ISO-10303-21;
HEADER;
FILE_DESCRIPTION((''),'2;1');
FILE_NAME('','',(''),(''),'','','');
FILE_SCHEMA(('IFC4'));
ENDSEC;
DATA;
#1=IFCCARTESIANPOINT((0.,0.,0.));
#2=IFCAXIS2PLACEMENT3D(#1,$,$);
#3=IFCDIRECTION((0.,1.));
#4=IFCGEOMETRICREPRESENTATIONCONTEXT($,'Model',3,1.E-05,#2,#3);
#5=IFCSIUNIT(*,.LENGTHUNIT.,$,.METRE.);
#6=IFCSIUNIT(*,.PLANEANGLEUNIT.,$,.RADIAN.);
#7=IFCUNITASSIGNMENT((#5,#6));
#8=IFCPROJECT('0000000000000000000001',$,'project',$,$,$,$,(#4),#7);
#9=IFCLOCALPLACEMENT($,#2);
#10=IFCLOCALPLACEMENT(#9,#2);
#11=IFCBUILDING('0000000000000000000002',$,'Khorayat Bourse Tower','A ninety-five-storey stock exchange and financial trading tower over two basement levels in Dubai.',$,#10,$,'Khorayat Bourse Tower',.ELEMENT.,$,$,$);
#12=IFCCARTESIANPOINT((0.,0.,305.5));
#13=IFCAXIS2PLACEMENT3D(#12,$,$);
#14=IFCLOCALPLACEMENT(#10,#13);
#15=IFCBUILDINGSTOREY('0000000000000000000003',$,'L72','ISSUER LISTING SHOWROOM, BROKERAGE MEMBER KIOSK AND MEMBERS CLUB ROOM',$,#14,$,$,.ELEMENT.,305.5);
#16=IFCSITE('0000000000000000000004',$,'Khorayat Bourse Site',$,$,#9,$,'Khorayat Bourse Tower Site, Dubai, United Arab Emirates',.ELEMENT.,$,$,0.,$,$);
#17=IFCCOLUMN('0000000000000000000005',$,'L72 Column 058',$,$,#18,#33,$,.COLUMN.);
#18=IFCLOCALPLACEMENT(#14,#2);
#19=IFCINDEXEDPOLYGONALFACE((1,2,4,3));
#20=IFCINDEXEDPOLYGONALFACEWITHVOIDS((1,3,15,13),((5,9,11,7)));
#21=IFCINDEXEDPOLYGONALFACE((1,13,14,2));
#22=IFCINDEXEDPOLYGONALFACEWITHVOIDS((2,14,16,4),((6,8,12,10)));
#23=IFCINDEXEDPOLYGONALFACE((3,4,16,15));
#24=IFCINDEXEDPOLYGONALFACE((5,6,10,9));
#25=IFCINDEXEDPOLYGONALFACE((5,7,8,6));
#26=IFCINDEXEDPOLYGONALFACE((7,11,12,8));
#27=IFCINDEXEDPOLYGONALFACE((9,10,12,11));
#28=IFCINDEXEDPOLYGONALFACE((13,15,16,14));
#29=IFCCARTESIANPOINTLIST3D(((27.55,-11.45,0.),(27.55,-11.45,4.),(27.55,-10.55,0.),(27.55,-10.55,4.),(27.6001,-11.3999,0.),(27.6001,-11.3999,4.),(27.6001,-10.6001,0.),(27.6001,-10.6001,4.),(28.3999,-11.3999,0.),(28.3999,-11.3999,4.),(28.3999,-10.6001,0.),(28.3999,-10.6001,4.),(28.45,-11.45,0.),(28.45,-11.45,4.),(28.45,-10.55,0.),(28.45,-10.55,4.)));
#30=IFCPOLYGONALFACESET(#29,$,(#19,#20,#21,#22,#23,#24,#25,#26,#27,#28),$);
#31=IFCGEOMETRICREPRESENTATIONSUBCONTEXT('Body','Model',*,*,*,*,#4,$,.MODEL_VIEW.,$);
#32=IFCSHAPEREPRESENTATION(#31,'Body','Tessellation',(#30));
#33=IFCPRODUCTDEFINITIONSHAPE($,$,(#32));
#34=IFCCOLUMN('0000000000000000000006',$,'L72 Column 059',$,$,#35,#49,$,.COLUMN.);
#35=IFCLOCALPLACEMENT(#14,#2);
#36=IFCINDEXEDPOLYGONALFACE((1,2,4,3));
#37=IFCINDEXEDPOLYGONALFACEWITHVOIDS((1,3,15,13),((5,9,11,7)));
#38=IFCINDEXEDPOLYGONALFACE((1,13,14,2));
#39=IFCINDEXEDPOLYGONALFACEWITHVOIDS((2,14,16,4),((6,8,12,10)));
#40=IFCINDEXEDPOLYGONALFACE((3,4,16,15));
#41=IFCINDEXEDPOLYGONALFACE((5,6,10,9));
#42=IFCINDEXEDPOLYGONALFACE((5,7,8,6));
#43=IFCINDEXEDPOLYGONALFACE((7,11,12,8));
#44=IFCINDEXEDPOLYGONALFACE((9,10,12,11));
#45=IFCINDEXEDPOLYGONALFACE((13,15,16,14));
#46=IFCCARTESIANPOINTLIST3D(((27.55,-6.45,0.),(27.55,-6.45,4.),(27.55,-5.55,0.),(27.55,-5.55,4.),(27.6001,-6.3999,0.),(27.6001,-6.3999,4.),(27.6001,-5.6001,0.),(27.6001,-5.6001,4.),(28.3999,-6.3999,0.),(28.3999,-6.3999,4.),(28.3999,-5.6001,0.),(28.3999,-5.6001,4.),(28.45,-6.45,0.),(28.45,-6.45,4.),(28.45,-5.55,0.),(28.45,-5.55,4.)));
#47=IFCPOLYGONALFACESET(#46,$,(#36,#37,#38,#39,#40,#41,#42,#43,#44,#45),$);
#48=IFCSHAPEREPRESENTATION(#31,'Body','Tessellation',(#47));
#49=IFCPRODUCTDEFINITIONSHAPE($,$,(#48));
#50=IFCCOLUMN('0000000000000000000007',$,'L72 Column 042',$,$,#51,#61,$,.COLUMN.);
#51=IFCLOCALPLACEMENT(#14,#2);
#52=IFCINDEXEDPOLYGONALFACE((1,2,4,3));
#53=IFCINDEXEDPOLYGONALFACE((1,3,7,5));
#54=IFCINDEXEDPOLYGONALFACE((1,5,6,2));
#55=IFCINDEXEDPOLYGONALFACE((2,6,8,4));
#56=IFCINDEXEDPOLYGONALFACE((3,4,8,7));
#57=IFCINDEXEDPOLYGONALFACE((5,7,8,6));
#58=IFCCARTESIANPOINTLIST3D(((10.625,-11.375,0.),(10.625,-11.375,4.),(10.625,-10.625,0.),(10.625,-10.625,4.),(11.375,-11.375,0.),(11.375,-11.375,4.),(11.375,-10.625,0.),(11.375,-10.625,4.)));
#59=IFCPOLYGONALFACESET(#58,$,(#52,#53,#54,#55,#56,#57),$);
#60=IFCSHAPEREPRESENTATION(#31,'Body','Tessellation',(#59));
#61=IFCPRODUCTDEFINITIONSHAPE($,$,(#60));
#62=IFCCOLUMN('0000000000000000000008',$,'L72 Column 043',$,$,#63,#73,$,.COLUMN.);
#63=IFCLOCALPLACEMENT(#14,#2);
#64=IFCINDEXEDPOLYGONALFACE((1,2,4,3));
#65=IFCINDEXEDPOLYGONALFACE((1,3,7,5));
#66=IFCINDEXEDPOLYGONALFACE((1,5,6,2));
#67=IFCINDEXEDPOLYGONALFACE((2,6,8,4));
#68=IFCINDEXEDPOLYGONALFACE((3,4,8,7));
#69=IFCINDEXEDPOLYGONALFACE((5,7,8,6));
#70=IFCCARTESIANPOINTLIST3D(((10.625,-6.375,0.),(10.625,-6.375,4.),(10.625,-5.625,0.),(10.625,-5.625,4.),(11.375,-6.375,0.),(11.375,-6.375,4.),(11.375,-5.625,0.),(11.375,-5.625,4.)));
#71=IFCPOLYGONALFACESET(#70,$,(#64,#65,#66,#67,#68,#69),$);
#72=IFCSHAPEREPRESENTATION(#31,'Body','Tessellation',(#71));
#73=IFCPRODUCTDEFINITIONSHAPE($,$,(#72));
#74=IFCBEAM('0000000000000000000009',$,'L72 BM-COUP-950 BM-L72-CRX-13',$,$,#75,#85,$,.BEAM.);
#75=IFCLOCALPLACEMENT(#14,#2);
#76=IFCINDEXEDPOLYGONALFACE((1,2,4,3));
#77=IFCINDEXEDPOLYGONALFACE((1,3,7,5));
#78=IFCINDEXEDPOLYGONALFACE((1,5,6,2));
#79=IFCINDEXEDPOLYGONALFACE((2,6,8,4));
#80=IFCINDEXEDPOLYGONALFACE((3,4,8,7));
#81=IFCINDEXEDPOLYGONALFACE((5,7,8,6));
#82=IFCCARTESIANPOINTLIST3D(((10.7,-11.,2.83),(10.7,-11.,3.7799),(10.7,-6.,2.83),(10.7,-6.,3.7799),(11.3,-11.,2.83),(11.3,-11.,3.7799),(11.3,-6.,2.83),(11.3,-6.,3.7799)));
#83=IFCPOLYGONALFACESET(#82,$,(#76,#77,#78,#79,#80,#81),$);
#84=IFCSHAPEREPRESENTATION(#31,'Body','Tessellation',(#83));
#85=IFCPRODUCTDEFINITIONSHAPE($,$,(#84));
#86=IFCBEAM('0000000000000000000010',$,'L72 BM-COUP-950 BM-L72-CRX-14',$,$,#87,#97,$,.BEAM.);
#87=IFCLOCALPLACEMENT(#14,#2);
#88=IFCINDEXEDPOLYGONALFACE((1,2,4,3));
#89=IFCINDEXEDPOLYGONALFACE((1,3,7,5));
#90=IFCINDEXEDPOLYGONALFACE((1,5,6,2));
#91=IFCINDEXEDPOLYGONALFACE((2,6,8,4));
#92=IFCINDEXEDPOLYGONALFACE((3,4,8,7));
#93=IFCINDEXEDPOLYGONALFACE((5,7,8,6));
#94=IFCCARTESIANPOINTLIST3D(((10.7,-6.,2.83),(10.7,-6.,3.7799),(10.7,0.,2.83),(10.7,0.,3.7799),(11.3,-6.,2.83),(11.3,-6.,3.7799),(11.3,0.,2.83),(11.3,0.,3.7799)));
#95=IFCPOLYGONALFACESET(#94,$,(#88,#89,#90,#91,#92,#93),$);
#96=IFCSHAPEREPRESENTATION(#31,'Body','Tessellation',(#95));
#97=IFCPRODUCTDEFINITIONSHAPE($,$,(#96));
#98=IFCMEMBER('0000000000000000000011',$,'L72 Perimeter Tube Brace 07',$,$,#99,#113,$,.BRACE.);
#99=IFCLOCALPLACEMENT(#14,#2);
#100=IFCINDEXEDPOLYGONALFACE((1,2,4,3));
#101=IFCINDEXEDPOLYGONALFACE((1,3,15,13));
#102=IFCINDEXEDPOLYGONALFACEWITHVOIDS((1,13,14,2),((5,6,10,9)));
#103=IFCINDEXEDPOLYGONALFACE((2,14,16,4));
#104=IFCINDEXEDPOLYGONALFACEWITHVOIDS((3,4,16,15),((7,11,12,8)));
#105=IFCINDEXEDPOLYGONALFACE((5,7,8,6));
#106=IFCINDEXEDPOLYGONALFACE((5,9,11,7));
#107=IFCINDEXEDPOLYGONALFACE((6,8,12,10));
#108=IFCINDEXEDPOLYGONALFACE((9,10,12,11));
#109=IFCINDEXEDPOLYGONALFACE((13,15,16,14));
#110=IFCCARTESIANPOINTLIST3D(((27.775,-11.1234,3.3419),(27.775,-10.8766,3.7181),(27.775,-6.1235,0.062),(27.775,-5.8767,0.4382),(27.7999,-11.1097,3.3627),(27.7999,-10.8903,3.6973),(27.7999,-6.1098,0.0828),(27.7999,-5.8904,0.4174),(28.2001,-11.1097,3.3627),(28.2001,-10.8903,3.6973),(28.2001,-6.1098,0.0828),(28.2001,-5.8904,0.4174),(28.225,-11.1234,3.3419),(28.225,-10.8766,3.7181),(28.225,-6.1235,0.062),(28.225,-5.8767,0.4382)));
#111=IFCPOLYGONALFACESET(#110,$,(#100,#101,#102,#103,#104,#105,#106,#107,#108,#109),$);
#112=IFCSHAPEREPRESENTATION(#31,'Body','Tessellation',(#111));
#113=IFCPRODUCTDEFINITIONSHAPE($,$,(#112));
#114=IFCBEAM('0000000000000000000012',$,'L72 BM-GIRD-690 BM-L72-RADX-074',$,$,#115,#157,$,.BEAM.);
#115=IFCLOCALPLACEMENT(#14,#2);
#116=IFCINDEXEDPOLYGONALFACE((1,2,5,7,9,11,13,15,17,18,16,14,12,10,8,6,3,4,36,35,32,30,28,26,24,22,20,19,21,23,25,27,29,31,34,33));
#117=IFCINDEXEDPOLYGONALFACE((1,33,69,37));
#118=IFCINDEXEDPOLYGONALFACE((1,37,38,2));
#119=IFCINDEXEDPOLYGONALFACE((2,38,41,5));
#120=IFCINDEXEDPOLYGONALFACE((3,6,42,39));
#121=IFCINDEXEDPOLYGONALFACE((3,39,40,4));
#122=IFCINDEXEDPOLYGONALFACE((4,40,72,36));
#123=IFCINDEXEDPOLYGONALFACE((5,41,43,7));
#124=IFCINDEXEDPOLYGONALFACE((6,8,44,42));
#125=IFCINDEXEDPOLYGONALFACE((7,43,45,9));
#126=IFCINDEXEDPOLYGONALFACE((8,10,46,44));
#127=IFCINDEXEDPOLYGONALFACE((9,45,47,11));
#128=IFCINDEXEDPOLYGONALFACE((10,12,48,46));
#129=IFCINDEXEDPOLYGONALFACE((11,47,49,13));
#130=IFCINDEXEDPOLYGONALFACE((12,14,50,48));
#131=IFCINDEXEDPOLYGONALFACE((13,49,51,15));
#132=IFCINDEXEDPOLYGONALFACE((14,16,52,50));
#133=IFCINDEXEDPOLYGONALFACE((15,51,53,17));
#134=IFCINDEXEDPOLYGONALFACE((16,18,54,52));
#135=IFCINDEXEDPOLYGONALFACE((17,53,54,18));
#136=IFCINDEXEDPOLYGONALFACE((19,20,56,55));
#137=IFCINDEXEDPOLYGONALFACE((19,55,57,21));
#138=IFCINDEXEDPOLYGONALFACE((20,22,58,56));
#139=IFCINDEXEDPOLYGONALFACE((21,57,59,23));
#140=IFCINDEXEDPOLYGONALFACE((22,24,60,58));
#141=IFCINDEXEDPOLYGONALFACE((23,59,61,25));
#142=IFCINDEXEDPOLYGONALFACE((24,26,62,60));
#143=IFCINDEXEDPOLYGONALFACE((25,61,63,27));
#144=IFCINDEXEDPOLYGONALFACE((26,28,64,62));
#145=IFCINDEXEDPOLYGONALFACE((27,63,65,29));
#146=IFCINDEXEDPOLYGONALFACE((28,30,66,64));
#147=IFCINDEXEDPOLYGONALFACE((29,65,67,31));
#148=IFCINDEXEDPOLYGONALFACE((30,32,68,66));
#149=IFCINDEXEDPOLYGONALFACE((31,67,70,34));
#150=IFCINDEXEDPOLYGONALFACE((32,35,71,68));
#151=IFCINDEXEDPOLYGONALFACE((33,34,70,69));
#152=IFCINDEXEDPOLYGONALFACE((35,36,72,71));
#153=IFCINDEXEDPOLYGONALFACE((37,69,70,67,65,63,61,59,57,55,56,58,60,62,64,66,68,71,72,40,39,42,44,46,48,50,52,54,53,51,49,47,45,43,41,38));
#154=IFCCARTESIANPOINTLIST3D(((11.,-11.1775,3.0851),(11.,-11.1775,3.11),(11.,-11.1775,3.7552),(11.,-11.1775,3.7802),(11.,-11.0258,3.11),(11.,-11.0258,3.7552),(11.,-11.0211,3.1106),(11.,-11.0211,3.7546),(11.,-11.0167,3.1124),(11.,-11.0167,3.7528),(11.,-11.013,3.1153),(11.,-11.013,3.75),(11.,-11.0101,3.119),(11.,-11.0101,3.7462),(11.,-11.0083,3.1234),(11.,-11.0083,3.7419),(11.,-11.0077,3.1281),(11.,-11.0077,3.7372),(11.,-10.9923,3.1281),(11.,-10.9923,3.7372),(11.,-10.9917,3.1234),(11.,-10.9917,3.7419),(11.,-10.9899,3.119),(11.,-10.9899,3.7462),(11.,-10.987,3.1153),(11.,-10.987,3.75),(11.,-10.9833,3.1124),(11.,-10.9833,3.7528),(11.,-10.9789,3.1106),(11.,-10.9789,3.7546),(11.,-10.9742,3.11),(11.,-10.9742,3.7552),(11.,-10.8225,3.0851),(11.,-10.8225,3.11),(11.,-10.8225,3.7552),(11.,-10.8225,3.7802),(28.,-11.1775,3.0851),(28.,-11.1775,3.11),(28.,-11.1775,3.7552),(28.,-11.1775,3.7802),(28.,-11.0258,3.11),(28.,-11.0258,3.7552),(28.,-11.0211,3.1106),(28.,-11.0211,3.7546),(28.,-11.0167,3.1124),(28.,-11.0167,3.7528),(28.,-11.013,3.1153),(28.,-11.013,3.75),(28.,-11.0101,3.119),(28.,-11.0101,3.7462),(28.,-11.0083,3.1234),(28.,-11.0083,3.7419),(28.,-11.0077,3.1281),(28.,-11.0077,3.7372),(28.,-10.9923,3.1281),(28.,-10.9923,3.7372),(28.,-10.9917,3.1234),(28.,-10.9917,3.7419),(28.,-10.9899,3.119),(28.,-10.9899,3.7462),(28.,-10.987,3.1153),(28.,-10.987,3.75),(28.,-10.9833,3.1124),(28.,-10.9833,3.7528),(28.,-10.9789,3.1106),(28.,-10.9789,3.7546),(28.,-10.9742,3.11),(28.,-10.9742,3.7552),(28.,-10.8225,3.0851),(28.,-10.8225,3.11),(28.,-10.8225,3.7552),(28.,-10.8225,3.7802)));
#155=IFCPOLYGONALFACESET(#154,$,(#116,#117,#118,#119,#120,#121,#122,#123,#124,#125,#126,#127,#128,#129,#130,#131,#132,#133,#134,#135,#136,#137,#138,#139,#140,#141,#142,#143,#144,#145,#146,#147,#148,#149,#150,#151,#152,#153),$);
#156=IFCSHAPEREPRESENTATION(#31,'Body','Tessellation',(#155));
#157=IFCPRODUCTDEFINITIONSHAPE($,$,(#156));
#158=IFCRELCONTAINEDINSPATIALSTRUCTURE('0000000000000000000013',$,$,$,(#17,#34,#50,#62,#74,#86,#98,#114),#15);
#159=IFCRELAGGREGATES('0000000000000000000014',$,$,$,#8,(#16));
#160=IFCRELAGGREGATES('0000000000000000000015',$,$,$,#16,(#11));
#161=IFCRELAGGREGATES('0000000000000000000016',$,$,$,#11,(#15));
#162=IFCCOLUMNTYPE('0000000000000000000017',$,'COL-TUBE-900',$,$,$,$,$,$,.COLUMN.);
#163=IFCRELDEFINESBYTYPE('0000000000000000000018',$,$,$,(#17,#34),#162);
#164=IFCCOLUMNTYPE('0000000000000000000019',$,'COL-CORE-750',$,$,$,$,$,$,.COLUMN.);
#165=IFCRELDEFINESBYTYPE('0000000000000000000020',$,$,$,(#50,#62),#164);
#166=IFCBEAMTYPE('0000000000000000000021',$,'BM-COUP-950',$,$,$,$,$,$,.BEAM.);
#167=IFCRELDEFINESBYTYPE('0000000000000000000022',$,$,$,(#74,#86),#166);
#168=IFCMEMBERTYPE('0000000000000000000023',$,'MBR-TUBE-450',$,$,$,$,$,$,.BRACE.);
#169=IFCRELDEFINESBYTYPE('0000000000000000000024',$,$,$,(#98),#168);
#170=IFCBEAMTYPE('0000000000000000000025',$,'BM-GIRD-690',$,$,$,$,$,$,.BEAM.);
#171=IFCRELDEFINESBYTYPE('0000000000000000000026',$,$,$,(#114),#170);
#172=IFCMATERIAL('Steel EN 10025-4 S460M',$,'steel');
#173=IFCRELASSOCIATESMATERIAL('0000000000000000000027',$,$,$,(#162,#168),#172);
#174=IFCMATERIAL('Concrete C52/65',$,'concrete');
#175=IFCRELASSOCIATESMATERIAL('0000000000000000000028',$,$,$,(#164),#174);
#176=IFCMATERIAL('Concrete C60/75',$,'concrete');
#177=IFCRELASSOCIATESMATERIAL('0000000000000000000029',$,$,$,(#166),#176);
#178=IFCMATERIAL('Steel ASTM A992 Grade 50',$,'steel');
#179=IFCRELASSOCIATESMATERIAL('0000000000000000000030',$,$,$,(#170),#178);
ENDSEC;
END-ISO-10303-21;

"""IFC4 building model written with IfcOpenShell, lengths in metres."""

from ifc_helpers import new_model, si_unit, direction, frame, origin, origin_2d, place, context, subcontext, project, spatial, rectangle, hollow_rectangle, i_section, extrude, source, transform, mapped, material, material_profile, profile_set, type_object, element, save


model = new_model("IFC4")

# Units and contexts
model_context = context("Model", 3, precision=1e-05, world=origin(), true_north=direction((0.0, 1.0)))
body_context = subcontext(model_context, "Body", "Model", "MODEL_VIEW")
ifc_project = project(units=[si_unit("LENGTHUNIT", "METRE"), si_unit("PLANEANGLEUNIT", "RADIAN")], contexts=[model_context])

# Site, building, storey
site_placement = place(None, origin())
site = spatial("IfcSite", under=ifc_project, at=site_placement, Name="Khorayat Bourse Site", LongName="Khorayat Bourse Tower Site, Dubai, United Arab Emirates", CompositionType="ELEMENT", RefElevation=0.0)
building_placement = place(site_placement, origin())
building = spatial("IfcBuilding", under=site, at=building_placement, Name="Khorayat Bourse Tower", Description="A ninety-five-storey stock exchange and financial trading tower over two basement levels in Dubai.", LongName="Khorayat Bourse Tower", CompositionType="ELEMENT")
storey_placement = place(building_placement, frame((0.0, 0.0, 305.5)))
storey = spatial("IfcBuildingStorey", under=building, at=storey_placement, Name="L72", Description="ISSUER LISTING SHOWROOM, BROKERAGE MEMBER KIOSK AND MEMBERS CLUB ROOM", CompositionType="ELEMENT", Elevation=305.5)

# Columns
ifc_material_1 = material(Name="Steel EN 10025-4 S460M", Category="steel")
ifc_material_profile_1 = material_profile(ifc_material_1, hollow_rectangle(XDim=0.8999, YDim=0.8999, WallThickness=0.05, at=origin_2d()), Name="BOX 900x900x50")
ifc_profile_set_1 = profile_set([ifc_material_profile_1], Name="Steel EN 10025-4 S460M")
column_type_1 = type_object("IfcColumnType", Name="COL-TUBE-900", PredefinedType="COLUMN", material=ifc_profile_set_1)
shared_shape_1 = source(origin(), body_context, "Body", "SweptSolid", [
    extrude(hollow_rectangle(XDim=0.8999, YDim=0.8999, WallThickness=0.05, at=origin_2d()), origin(), (0.0, 0.0, 1.0), 4.0),
])
for number, where, z_axis, x_axis, name in (
    (1, (28.0, -11.0, 0.0), (0.0, 0.0, 1.0), (1.0, 0.0, 0.0), "L72 Column 058"),
    (2, (28.0, -6.0, 0.0), (0.0, 0.0, 1.0), (1.0, 0.0, 0.0), "L72 Column 059"),
):
    element("IfcColumn", number, at=place(storey_placement, frame(where, z_axis=z_axis, x_axis=x_axis)), inside=storey, type_object=column_type_1, Name=name, PredefinedType="COLUMN", context=body_context, shape_type="MappedRepresentation", body=[
        mapped(shared_shape_1, transform((0.0, 0.0, 0.0), scale=1.0)),
    ])
ifc_material_2 = material(Name="Concrete C52/65", Category="concrete")
ifc_material_profile_2 = material_profile(ifc_material_2, rectangle(XDim=0.75, YDim=0.75, at=origin_2d()), Name="RC 750x750")
ifc_profile_set_2 = profile_set([ifc_material_profile_2], Name="Concrete C52/65")
column_type_2 = type_object("IfcColumnType", Name="COL-CORE-750", PredefinedType="COLUMN", material=ifc_profile_set_2)
shared_shape_2 = source(origin(), body_context, "Body", "SweptSolid", [
    extrude(rectangle(XDim=0.75, YDim=0.75, at=origin_2d()), origin(), (0.0, 0.0, 1.0), 4.0),
])
for number, where, z_axis, x_axis, name in (
    (3, (11.0, -11.0, 0.0), (0.0, 0.0, 1.0), (1.0, 0.0, 0.0), "L72 Column 042"),
    (4, (11.0, -6.0, 0.0), (0.0, 0.0, 1.0), (1.0, 0.0, 0.0), "L72 Column 043"),
):
    element("IfcColumn", number, at=place(storey_placement, frame(where, z_axis=z_axis, x_axis=x_axis)), inside=storey, type_object=column_type_2, Name=name, PredefinedType="COLUMN", context=body_context, shape_type="MappedRepresentation", body=[
        mapped(shared_shape_2, transform((0.0, 0.0, 0.0), scale=1.0)),
    ])

# Beams
ifc_material_3 = material(Name="Concrete C60/75", Category="concrete")
ifc_material_profile_3 = material_profile(ifc_material_3, rectangle(XDim=0.6001, YDim=0.95, at=origin_2d()), Name="RC 600x950")
ifc_profile_set_3 = profile_set([ifc_material_profile_3], Name="Concrete C60/75")
beam_type_1 = type_object("IfcBeamType", Name="BM-COUP-950", PredefinedType="BEAM", material=ifc_profile_set_3)
shared_shape_3 = source(origin(), body_context, "Body", "SweptSolid", [
    extrude(rectangle(XDim=0.6001, YDim=0.95, at=origin_2d()), origin(), (0.0, 0.0, 1.0), 5.0),
])
beam_1_placement = place(storey_placement, frame((11.0, -11.0, 3.3049), z_axis=(0.0, 1.0, 0.0), x_axis=(-1.0, 0.0, 0.0)))
element("IfcBeam", 5, at=beam_1_placement, inside=storey, type_object=beam_type_1, Name="L72 BM-COUP-950 BM-L72-CRX-13", PredefinedType="BEAM", context=body_context, shape_type="MappedRepresentation", body=[
    mapped(shared_shape_3, transform((0.0, 0.0, 0.0), scale=1.0)),
])
shared_shape_4 = source(origin(), body_context, "Body", "SweptSolid", [
    extrude(rectangle(XDim=0.6001, YDim=0.95, at=origin_2d()), origin(), (0.0, 0.0, 1.0), 6.0),
])
beam_2_placement = place(storey_placement, frame((11.0, -6.0, 3.3049), z_axis=(0.0, 1.0, 0.0), x_axis=(-1.0, 0.0, 0.0)))
element("IfcBeam", 6, at=beam_2_placement, inside=storey, type_object=beam_type_1, Name="L72 BM-COUP-950 BM-L72-CRX-14", PredefinedType="BEAM", context=body_context, shape_type="MappedRepresentation", body=[
    mapped(shared_shape_4, transform((0.0, 0.0, 0.0), scale=1.0)),
])

# Member
ifc_material_profile_4 = material_profile(ifc_material_1, hollow_rectangle(XDim=0.45, YDim=0.45, WallThickness=0.0249, at=origin_2d()), Name="HSS 450x450x25")
ifc_profile_set_4 = profile_set([ifc_material_profile_4], Name="Steel EN 10025-4 S460M")
member_type_1 = type_object("IfcMemberType", Name="MBR-TUBE-450", PredefinedType="BRACE", material=ifc_profile_set_4)
shared_shape_5 = source(origin(), body_context, "Body", "SweptSolid", [
    extrude(hollow_rectangle(XDim=0.45, YDim=0.45, WallThickness=0.0249, at=origin_2d()), origin(), (0.0, 0.0, 1.0), 5.9797),
])
member_1_placement = place(storey_placement, frame((28.0, -11.0, 3.53), z_axis=(0.0, 0.836142, -0.548514), x_axis=(-1.0, 0.0, 0.0)))
element("IfcMember", 7, at=member_1_placement, inside=storey, type_object=member_type_1, Name="L72 Perimeter Tube Brace 07", PredefinedType="BRACE", context=body_context, shape_type="MappedRepresentation", body=[
    mapped(shared_shape_5, transform((0.0, 0.0, 0.0), scale=1.0)),
])

# Beam
ifc_material_4 = material(Name="Steel ASTM A992 Grade 50", Category="steel")
ifc_material_profile_5 = material_profile(ifc_material_4, i_section(OverallWidth=0.355, OverallDepth=0.6951, WebThickness=0.0154, FlangeThickness=0.0249, FilletRadius=0.0181, at=origin_2d()), Name="W690X217")
ifc_profile_set_5 = profile_set([ifc_material_profile_5], Name="Steel ASTM A992 Grade 50")
beam_type_2 = type_object("IfcBeamType", Name="BM-GIRD-690", PredefinedType="BEAM", material=ifc_profile_set_5)
shared_shape_6 = source(origin(), body_context, "Body", "SweptSolid", [
    extrude(i_section(OverallWidth=0.355, OverallDepth=0.6951, WebThickness=0.0154, FlangeThickness=0.0249, FilletRadius=0.0181, at=origin_2d()), origin(), (0.0, 0.0, 1.0), 17.0),
])
for number, where, z_axis, x_axis, name in (
    (8, (11.0, -11.0, 3.4326), (1.0, 0.0, 0.0), (0.0, 1.0, 0.0), "L72 BM-GIRD-690 BM-L72-RADX-074"),
):
    element("IfcBeam", number, at=place(storey_placement, frame(where, z_axis=z_axis, x_axis=x_axis)), inside=storey, type_object=beam_type_2, Name=name, PredefinedType="BEAM", context=body_context, shape_type="MappedRepresentation", body=[
        mapped(shared_shape_6, transform((0.0, 0.0, 0.0), scale=1.0)),
    ])

save(model, "model.ifc")
